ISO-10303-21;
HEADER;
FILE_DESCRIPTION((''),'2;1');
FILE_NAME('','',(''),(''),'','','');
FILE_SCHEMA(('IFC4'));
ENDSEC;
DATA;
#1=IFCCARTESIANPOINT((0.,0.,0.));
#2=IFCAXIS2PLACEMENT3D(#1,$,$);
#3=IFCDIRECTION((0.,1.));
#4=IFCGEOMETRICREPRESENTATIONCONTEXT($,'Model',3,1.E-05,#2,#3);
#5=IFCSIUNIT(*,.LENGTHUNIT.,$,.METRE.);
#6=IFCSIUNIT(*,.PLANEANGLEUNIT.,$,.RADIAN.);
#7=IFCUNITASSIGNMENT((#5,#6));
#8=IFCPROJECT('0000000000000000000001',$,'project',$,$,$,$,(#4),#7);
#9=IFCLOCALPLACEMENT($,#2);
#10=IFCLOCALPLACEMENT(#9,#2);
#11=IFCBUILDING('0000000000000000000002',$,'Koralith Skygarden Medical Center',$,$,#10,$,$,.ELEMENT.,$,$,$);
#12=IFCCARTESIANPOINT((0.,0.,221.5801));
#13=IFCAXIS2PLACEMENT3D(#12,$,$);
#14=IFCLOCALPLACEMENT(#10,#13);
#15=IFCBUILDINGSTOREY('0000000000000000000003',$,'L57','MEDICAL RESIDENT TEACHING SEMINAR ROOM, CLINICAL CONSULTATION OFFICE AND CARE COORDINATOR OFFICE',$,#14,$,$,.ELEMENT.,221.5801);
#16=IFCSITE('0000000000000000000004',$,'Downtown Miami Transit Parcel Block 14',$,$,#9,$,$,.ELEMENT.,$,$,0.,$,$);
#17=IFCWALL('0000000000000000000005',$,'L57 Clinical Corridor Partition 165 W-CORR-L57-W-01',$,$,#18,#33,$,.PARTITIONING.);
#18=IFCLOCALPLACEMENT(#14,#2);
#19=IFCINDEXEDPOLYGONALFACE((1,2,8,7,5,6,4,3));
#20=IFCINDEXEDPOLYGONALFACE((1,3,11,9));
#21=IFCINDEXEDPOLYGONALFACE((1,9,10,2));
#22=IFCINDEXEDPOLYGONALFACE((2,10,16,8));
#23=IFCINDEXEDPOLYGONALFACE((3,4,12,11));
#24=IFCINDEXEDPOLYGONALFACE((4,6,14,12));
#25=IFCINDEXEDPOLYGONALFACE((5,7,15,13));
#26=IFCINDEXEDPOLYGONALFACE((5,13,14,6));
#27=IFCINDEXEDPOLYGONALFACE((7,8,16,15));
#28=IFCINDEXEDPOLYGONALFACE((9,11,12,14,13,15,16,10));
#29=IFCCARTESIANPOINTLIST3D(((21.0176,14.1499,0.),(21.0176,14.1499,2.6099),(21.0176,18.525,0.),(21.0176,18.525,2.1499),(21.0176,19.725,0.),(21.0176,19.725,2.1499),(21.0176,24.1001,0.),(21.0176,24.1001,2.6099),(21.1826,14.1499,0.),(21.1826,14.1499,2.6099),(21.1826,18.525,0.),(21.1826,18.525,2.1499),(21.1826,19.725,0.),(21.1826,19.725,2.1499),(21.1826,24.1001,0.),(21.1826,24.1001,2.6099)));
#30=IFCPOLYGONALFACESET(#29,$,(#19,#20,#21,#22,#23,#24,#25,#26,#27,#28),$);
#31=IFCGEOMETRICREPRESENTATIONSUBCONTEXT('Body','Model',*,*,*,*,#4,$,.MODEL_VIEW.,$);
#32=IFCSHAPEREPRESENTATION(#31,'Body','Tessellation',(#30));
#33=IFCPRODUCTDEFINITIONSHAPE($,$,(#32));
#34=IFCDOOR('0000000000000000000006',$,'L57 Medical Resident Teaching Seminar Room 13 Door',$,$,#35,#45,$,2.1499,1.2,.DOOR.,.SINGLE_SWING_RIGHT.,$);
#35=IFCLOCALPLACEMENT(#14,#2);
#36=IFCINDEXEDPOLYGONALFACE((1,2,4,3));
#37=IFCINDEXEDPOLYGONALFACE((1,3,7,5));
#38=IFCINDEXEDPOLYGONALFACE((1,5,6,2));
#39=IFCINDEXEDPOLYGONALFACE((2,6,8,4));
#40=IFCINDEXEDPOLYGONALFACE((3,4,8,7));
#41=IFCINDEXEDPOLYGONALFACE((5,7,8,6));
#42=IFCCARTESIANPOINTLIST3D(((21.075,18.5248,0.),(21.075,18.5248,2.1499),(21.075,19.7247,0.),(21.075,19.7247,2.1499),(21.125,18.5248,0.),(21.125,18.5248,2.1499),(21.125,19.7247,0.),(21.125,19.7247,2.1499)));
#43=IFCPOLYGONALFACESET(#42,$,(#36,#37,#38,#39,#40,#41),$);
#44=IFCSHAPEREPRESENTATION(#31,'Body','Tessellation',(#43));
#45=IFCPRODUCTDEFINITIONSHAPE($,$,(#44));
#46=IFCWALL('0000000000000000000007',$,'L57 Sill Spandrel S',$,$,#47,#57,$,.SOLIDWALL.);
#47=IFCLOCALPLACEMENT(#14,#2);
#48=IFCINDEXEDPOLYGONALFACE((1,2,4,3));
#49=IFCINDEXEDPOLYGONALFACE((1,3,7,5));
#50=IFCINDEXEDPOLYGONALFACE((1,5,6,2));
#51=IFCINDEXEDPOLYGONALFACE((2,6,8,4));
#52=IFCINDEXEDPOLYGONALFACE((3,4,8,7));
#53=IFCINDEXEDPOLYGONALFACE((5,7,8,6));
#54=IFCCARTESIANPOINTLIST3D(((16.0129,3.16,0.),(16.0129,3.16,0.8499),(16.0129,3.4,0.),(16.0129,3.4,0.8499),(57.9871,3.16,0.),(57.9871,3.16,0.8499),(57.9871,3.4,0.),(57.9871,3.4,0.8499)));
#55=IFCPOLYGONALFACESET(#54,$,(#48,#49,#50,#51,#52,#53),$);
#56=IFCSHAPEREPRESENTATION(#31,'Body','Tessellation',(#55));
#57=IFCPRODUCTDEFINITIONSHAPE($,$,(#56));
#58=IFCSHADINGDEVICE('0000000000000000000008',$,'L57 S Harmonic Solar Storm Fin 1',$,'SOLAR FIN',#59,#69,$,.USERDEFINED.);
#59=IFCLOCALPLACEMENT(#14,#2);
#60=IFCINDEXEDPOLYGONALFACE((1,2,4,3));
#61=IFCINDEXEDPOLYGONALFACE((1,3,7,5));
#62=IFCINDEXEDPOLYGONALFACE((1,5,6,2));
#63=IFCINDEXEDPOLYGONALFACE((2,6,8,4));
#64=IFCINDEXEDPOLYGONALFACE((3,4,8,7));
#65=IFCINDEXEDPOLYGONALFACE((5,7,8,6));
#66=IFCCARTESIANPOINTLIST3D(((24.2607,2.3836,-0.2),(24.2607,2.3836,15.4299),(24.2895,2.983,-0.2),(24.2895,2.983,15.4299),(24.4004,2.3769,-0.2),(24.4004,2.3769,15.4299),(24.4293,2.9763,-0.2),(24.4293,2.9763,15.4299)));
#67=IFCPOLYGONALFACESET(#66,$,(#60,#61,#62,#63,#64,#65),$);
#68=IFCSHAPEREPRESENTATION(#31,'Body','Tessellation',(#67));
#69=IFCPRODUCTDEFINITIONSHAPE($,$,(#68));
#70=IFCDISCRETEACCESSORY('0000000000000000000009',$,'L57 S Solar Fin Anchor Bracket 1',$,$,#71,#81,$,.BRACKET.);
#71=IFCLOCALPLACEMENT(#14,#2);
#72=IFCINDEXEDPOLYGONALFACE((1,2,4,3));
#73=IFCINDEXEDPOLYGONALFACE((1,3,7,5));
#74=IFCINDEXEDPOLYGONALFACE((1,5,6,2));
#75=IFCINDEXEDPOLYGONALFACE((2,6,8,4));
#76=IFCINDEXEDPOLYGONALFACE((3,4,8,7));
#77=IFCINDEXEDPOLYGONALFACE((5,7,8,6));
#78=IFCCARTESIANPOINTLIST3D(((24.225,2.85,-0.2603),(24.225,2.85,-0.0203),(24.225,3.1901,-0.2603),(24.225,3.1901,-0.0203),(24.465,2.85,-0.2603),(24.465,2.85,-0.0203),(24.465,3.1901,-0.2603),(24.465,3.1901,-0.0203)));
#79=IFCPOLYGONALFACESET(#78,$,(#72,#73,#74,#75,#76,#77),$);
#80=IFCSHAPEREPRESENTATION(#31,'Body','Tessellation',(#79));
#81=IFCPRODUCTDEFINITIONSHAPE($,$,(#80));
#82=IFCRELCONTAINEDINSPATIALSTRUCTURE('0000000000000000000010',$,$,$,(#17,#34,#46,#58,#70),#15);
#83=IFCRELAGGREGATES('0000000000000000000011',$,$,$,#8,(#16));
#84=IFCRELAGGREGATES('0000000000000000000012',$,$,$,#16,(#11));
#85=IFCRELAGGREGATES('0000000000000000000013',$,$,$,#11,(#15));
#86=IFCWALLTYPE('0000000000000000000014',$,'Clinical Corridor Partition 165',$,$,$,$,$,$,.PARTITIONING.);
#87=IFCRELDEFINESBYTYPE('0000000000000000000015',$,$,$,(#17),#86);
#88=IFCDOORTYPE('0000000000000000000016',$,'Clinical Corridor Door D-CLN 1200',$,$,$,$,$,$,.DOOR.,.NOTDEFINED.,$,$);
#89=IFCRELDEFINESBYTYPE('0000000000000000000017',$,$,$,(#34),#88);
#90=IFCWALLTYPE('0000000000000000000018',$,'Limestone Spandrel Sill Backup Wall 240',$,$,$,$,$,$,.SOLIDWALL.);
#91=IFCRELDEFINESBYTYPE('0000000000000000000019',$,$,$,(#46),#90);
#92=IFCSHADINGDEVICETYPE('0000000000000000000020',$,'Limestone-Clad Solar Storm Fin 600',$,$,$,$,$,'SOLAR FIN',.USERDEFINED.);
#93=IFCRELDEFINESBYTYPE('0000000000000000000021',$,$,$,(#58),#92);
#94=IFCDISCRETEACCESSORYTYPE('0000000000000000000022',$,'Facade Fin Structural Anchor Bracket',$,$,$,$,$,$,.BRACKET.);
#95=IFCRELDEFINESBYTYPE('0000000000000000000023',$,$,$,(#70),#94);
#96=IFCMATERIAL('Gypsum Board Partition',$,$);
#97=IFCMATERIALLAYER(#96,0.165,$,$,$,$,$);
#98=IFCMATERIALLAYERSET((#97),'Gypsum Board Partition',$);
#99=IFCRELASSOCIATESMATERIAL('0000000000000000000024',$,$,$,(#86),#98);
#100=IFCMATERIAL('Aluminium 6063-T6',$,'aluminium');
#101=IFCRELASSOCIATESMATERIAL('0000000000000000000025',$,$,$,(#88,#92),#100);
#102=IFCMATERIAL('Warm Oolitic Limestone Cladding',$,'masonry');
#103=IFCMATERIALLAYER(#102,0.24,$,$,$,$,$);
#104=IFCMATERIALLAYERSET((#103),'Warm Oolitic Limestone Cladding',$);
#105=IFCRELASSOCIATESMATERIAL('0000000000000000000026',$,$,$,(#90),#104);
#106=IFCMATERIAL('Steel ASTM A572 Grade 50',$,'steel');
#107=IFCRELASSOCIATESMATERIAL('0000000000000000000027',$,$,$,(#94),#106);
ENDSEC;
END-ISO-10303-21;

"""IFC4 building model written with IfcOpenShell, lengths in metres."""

from ifc_helpers import new_model, si_unit, direction, frame, frame_2d, origin, origin_2d, place, context, subcontext, project, spatial, rectangle, extrude, material, layer, layer_set, type_object, element, fill, save


model = new_model("IFC4")

# Units and contexts
model_context = context("Model", 3, precision=1e-05, world=origin(), true_north=direction((0.0, 1.0)))
body_context = subcontext(model_context, "Body", "Model", "MODEL_VIEW")
ifc_project = project(units=[si_unit("LENGTHUNIT", "METRE"), si_unit("PLANEANGLEUNIT", "RADIAN")], contexts=[model_context])

# Site, building, storey
site_placement = place(None, origin())
site = spatial("IfcSite", under=ifc_project, at=site_placement, Name="Downtown Miami Transit Parcel Block 14", CompositionType="ELEMENT", RefElevation=0.0)
building_placement = place(site_placement, origin())
building = spatial("IfcBuilding", under=site, at=building_placement, Name="Koralith Skygarden Medical Center", CompositionType="ELEMENT")
storey_placement = place(building_placement, frame((0.0, 0.0, 221.5801)))
storey = spatial("IfcBuildingStorey", under=building, at=storey_placement, Name="L57", Description="MEDICAL RESIDENT TEACHING SEMINAR ROOM, CLINICAL CONSULTATION OFFICE AND CARE COORDINATOR OFFICE", CompositionType="ELEMENT", Elevation=221.5801)

# Shared definitions
ifc_material_1 = material(Name="Aluminium 6063-T6", Category="aluminium")

# Shared definitions
ifc_material_2 = material(Name="Warm Oolitic Limestone Cladding", Category="masonry")

# Shared definitions
ifc_material_3 = material(Name="Gypsum Board Partition")

# Wall, opening, door
ifc_layer_1 = layer(ifc_material_3, 0.165)
ifc_layer_set_1 = layer_set([ifc_layer_1], Name="Gypsum Board Partition")
wall_type_1 = type_object("IfcWallType", Name="Clinical Corridor Partition 165", PredefinedType="PARTITIONING", material=ifc_layer_set_1)
door_type_1 = type_object("IfcDoorType", Name="Clinical Corridor Door D-CLN 1200", OperationType="NOTDEFINED", PredefinedType="DOOR", material=ifc_material_1)
wall_1_placement = place(storey_placement, frame((21.1001, 14.1499, 0.0), z_axis=(0.0, 0.0, 1.0), x_axis=(0.0, 1.0, 0.0)))
wall_1 = element("IfcWall", 1, at=wall_1_placement, inside=storey, type_object=wall_type_1, Name="L57 Clinical Corridor Partition 165 W-CORR-L57-W-01", PredefinedType="PARTITIONING", context=body_context, shape_type="SweptSolid", body=[
    extrude(rectangle(XDim=9.9502, YDim=0.165, at=frame_2d((4.9751, 0.0))), origin(), (0.0, 0.0, 1.0), 2.6099),
])
opening_1_placement = place(wall_1_placement, frame((4.375, 0.0, 0.0)))
opening_1 = element("IfcOpeningElement", 2, at=opening_1_placement, cuts=wall_1, PredefinedType="OPENING", context=body_context, shape_type="SweptSolid", body=[
    extrude(rectangle(XDim=1.2, YDim=2.1499, at=frame_2d((0.6001, 1.075))), frame((0.0, 0.0925, 0.0), z_axis=(0.0, -1.0, 0.0), x_axis=(1.0, 0.0, 0.0)), (0.0, 0.0, 1.0), 0.1851),
])
door_1_placement = place(opening_1_placement, frame((1.2, 0.0, 0.0), z_axis=(0.0, 0.0, 1.0), x_axis=(-1.0, 0.0, 0.0)))
door_1 = element("IfcDoor", 3, at=door_1_placement, inside=storey, type_object=door_type_1, Name="L57 Medical Resident Teaching Seminar Room 13 Door", OperationType="SINGLE_SWING_RIGHT", OverallHeight=2.1499, OverallWidth=1.2, PredefinedType="DOOR", context=body_context, shape_type="SweptSolid", body=[
    extrude(rectangle(XDim=1.2, YDim=2.1499, at=frame_2d((0.6001, 1.075))), frame((0.0, 0.0249, 0.0), z_axis=(0.0, -1.0, 0.0), x_axis=(1.0, 0.0, 0.0)), (0.0, 0.0, 1.0), 0.05),
])
fill(opening_1, door_1)

# Wall
ifc_layer_2 = layer(ifc_material_2, 0.24)
ifc_layer_set_2 = layer_set([ifc_layer_2], Name="Warm Oolitic Limestone Cladding")
wall_type_2 = type_object("IfcWallType", Name="Limestone Spandrel Sill Backup Wall 240", PredefinedType="SOLIDWALL", material=ifc_layer_set_2)
wall_2_placement = place(storey_placement, frame((16.0129, 3.28, 0.0), z_axis=(0.0, 0.0, 1.0), x_axis=(1.0, 0.0, 0.0)))
element("IfcWall", 4, at=wall_2_placement, inside=storey, type_object=wall_type_2, Name="L57 Sill Spandrel S", PredefinedType="SOLIDWALL", context=body_context, shape_type="SweptSolid", body=[
    extrude(rectangle(XDim=41.9741, YDim=0.24, at=frame_2d((20.9871, 0.0))), origin(), (0.0, 0.0, 1.0), 0.8499),
])

# Shading device
shading_device_type = type_object("IfcShadingDeviceType", Name="Limestone-Clad Solar Storm Fin 600", ElementType="SOLAR FIN", PredefinedType="USERDEFINED", material=ifc_material_1)
shading_device_placement = place(storey_placement, frame((24.345, 2.6799, -0.2), z_axis=(0.0, 0.0, 1.0), x_axis=(-0.048083, -0.998843, 0.0)))
element("IfcShadingDevice", 5, at=shading_device_placement, inside=storey, type_object=shading_device_type, Name="L57 S Harmonic Solar Storm Fin 1", ObjectType="SOLAR FIN", PredefinedType="USERDEFINED", context=body_context, shape_type="SweptSolid", body=[
    extrude(rectangle(XDim=0.6001, YDim=0.1399, at=origin_2d()), origin(), (0.0, 0.0, 1.0), 15.6299),
])

# Discrete accessory
ifc_material_4 = material(Name="Steel ASTM A572 Grade 50", Category="steel")
discrete_accessory_type = type_object("IfcDiscreteAccessoryType", Name="Facade Fin Structural Anchor Bracket", PredefinedType="BRACKET", material=ifc_material_4)
discrete_accessory_placement = place(storey_placement, frame((24.345, 3.02, -0.2603), z_axis=(0.0, 0.0, 1.0), x_axis=(0.0, -1.0, 0.0)))
element("IfcDiscreteAccessory", 6, at=discrete_accessory_placement, inside=storey, type_object=discrete_accessory_type, Name="L57 S Solar Fin Anchor Bracket 1", PredefinedType="BRACKET", context=body_context, shape_type="SweptSolid", body=[
    extrude(rectangle(XDim=0.3401, YDim=0.24, at=origin_2d()), origin(), (0.0, 0.0, 1.0), 0.24),
])

save(model, "model.ifc")
